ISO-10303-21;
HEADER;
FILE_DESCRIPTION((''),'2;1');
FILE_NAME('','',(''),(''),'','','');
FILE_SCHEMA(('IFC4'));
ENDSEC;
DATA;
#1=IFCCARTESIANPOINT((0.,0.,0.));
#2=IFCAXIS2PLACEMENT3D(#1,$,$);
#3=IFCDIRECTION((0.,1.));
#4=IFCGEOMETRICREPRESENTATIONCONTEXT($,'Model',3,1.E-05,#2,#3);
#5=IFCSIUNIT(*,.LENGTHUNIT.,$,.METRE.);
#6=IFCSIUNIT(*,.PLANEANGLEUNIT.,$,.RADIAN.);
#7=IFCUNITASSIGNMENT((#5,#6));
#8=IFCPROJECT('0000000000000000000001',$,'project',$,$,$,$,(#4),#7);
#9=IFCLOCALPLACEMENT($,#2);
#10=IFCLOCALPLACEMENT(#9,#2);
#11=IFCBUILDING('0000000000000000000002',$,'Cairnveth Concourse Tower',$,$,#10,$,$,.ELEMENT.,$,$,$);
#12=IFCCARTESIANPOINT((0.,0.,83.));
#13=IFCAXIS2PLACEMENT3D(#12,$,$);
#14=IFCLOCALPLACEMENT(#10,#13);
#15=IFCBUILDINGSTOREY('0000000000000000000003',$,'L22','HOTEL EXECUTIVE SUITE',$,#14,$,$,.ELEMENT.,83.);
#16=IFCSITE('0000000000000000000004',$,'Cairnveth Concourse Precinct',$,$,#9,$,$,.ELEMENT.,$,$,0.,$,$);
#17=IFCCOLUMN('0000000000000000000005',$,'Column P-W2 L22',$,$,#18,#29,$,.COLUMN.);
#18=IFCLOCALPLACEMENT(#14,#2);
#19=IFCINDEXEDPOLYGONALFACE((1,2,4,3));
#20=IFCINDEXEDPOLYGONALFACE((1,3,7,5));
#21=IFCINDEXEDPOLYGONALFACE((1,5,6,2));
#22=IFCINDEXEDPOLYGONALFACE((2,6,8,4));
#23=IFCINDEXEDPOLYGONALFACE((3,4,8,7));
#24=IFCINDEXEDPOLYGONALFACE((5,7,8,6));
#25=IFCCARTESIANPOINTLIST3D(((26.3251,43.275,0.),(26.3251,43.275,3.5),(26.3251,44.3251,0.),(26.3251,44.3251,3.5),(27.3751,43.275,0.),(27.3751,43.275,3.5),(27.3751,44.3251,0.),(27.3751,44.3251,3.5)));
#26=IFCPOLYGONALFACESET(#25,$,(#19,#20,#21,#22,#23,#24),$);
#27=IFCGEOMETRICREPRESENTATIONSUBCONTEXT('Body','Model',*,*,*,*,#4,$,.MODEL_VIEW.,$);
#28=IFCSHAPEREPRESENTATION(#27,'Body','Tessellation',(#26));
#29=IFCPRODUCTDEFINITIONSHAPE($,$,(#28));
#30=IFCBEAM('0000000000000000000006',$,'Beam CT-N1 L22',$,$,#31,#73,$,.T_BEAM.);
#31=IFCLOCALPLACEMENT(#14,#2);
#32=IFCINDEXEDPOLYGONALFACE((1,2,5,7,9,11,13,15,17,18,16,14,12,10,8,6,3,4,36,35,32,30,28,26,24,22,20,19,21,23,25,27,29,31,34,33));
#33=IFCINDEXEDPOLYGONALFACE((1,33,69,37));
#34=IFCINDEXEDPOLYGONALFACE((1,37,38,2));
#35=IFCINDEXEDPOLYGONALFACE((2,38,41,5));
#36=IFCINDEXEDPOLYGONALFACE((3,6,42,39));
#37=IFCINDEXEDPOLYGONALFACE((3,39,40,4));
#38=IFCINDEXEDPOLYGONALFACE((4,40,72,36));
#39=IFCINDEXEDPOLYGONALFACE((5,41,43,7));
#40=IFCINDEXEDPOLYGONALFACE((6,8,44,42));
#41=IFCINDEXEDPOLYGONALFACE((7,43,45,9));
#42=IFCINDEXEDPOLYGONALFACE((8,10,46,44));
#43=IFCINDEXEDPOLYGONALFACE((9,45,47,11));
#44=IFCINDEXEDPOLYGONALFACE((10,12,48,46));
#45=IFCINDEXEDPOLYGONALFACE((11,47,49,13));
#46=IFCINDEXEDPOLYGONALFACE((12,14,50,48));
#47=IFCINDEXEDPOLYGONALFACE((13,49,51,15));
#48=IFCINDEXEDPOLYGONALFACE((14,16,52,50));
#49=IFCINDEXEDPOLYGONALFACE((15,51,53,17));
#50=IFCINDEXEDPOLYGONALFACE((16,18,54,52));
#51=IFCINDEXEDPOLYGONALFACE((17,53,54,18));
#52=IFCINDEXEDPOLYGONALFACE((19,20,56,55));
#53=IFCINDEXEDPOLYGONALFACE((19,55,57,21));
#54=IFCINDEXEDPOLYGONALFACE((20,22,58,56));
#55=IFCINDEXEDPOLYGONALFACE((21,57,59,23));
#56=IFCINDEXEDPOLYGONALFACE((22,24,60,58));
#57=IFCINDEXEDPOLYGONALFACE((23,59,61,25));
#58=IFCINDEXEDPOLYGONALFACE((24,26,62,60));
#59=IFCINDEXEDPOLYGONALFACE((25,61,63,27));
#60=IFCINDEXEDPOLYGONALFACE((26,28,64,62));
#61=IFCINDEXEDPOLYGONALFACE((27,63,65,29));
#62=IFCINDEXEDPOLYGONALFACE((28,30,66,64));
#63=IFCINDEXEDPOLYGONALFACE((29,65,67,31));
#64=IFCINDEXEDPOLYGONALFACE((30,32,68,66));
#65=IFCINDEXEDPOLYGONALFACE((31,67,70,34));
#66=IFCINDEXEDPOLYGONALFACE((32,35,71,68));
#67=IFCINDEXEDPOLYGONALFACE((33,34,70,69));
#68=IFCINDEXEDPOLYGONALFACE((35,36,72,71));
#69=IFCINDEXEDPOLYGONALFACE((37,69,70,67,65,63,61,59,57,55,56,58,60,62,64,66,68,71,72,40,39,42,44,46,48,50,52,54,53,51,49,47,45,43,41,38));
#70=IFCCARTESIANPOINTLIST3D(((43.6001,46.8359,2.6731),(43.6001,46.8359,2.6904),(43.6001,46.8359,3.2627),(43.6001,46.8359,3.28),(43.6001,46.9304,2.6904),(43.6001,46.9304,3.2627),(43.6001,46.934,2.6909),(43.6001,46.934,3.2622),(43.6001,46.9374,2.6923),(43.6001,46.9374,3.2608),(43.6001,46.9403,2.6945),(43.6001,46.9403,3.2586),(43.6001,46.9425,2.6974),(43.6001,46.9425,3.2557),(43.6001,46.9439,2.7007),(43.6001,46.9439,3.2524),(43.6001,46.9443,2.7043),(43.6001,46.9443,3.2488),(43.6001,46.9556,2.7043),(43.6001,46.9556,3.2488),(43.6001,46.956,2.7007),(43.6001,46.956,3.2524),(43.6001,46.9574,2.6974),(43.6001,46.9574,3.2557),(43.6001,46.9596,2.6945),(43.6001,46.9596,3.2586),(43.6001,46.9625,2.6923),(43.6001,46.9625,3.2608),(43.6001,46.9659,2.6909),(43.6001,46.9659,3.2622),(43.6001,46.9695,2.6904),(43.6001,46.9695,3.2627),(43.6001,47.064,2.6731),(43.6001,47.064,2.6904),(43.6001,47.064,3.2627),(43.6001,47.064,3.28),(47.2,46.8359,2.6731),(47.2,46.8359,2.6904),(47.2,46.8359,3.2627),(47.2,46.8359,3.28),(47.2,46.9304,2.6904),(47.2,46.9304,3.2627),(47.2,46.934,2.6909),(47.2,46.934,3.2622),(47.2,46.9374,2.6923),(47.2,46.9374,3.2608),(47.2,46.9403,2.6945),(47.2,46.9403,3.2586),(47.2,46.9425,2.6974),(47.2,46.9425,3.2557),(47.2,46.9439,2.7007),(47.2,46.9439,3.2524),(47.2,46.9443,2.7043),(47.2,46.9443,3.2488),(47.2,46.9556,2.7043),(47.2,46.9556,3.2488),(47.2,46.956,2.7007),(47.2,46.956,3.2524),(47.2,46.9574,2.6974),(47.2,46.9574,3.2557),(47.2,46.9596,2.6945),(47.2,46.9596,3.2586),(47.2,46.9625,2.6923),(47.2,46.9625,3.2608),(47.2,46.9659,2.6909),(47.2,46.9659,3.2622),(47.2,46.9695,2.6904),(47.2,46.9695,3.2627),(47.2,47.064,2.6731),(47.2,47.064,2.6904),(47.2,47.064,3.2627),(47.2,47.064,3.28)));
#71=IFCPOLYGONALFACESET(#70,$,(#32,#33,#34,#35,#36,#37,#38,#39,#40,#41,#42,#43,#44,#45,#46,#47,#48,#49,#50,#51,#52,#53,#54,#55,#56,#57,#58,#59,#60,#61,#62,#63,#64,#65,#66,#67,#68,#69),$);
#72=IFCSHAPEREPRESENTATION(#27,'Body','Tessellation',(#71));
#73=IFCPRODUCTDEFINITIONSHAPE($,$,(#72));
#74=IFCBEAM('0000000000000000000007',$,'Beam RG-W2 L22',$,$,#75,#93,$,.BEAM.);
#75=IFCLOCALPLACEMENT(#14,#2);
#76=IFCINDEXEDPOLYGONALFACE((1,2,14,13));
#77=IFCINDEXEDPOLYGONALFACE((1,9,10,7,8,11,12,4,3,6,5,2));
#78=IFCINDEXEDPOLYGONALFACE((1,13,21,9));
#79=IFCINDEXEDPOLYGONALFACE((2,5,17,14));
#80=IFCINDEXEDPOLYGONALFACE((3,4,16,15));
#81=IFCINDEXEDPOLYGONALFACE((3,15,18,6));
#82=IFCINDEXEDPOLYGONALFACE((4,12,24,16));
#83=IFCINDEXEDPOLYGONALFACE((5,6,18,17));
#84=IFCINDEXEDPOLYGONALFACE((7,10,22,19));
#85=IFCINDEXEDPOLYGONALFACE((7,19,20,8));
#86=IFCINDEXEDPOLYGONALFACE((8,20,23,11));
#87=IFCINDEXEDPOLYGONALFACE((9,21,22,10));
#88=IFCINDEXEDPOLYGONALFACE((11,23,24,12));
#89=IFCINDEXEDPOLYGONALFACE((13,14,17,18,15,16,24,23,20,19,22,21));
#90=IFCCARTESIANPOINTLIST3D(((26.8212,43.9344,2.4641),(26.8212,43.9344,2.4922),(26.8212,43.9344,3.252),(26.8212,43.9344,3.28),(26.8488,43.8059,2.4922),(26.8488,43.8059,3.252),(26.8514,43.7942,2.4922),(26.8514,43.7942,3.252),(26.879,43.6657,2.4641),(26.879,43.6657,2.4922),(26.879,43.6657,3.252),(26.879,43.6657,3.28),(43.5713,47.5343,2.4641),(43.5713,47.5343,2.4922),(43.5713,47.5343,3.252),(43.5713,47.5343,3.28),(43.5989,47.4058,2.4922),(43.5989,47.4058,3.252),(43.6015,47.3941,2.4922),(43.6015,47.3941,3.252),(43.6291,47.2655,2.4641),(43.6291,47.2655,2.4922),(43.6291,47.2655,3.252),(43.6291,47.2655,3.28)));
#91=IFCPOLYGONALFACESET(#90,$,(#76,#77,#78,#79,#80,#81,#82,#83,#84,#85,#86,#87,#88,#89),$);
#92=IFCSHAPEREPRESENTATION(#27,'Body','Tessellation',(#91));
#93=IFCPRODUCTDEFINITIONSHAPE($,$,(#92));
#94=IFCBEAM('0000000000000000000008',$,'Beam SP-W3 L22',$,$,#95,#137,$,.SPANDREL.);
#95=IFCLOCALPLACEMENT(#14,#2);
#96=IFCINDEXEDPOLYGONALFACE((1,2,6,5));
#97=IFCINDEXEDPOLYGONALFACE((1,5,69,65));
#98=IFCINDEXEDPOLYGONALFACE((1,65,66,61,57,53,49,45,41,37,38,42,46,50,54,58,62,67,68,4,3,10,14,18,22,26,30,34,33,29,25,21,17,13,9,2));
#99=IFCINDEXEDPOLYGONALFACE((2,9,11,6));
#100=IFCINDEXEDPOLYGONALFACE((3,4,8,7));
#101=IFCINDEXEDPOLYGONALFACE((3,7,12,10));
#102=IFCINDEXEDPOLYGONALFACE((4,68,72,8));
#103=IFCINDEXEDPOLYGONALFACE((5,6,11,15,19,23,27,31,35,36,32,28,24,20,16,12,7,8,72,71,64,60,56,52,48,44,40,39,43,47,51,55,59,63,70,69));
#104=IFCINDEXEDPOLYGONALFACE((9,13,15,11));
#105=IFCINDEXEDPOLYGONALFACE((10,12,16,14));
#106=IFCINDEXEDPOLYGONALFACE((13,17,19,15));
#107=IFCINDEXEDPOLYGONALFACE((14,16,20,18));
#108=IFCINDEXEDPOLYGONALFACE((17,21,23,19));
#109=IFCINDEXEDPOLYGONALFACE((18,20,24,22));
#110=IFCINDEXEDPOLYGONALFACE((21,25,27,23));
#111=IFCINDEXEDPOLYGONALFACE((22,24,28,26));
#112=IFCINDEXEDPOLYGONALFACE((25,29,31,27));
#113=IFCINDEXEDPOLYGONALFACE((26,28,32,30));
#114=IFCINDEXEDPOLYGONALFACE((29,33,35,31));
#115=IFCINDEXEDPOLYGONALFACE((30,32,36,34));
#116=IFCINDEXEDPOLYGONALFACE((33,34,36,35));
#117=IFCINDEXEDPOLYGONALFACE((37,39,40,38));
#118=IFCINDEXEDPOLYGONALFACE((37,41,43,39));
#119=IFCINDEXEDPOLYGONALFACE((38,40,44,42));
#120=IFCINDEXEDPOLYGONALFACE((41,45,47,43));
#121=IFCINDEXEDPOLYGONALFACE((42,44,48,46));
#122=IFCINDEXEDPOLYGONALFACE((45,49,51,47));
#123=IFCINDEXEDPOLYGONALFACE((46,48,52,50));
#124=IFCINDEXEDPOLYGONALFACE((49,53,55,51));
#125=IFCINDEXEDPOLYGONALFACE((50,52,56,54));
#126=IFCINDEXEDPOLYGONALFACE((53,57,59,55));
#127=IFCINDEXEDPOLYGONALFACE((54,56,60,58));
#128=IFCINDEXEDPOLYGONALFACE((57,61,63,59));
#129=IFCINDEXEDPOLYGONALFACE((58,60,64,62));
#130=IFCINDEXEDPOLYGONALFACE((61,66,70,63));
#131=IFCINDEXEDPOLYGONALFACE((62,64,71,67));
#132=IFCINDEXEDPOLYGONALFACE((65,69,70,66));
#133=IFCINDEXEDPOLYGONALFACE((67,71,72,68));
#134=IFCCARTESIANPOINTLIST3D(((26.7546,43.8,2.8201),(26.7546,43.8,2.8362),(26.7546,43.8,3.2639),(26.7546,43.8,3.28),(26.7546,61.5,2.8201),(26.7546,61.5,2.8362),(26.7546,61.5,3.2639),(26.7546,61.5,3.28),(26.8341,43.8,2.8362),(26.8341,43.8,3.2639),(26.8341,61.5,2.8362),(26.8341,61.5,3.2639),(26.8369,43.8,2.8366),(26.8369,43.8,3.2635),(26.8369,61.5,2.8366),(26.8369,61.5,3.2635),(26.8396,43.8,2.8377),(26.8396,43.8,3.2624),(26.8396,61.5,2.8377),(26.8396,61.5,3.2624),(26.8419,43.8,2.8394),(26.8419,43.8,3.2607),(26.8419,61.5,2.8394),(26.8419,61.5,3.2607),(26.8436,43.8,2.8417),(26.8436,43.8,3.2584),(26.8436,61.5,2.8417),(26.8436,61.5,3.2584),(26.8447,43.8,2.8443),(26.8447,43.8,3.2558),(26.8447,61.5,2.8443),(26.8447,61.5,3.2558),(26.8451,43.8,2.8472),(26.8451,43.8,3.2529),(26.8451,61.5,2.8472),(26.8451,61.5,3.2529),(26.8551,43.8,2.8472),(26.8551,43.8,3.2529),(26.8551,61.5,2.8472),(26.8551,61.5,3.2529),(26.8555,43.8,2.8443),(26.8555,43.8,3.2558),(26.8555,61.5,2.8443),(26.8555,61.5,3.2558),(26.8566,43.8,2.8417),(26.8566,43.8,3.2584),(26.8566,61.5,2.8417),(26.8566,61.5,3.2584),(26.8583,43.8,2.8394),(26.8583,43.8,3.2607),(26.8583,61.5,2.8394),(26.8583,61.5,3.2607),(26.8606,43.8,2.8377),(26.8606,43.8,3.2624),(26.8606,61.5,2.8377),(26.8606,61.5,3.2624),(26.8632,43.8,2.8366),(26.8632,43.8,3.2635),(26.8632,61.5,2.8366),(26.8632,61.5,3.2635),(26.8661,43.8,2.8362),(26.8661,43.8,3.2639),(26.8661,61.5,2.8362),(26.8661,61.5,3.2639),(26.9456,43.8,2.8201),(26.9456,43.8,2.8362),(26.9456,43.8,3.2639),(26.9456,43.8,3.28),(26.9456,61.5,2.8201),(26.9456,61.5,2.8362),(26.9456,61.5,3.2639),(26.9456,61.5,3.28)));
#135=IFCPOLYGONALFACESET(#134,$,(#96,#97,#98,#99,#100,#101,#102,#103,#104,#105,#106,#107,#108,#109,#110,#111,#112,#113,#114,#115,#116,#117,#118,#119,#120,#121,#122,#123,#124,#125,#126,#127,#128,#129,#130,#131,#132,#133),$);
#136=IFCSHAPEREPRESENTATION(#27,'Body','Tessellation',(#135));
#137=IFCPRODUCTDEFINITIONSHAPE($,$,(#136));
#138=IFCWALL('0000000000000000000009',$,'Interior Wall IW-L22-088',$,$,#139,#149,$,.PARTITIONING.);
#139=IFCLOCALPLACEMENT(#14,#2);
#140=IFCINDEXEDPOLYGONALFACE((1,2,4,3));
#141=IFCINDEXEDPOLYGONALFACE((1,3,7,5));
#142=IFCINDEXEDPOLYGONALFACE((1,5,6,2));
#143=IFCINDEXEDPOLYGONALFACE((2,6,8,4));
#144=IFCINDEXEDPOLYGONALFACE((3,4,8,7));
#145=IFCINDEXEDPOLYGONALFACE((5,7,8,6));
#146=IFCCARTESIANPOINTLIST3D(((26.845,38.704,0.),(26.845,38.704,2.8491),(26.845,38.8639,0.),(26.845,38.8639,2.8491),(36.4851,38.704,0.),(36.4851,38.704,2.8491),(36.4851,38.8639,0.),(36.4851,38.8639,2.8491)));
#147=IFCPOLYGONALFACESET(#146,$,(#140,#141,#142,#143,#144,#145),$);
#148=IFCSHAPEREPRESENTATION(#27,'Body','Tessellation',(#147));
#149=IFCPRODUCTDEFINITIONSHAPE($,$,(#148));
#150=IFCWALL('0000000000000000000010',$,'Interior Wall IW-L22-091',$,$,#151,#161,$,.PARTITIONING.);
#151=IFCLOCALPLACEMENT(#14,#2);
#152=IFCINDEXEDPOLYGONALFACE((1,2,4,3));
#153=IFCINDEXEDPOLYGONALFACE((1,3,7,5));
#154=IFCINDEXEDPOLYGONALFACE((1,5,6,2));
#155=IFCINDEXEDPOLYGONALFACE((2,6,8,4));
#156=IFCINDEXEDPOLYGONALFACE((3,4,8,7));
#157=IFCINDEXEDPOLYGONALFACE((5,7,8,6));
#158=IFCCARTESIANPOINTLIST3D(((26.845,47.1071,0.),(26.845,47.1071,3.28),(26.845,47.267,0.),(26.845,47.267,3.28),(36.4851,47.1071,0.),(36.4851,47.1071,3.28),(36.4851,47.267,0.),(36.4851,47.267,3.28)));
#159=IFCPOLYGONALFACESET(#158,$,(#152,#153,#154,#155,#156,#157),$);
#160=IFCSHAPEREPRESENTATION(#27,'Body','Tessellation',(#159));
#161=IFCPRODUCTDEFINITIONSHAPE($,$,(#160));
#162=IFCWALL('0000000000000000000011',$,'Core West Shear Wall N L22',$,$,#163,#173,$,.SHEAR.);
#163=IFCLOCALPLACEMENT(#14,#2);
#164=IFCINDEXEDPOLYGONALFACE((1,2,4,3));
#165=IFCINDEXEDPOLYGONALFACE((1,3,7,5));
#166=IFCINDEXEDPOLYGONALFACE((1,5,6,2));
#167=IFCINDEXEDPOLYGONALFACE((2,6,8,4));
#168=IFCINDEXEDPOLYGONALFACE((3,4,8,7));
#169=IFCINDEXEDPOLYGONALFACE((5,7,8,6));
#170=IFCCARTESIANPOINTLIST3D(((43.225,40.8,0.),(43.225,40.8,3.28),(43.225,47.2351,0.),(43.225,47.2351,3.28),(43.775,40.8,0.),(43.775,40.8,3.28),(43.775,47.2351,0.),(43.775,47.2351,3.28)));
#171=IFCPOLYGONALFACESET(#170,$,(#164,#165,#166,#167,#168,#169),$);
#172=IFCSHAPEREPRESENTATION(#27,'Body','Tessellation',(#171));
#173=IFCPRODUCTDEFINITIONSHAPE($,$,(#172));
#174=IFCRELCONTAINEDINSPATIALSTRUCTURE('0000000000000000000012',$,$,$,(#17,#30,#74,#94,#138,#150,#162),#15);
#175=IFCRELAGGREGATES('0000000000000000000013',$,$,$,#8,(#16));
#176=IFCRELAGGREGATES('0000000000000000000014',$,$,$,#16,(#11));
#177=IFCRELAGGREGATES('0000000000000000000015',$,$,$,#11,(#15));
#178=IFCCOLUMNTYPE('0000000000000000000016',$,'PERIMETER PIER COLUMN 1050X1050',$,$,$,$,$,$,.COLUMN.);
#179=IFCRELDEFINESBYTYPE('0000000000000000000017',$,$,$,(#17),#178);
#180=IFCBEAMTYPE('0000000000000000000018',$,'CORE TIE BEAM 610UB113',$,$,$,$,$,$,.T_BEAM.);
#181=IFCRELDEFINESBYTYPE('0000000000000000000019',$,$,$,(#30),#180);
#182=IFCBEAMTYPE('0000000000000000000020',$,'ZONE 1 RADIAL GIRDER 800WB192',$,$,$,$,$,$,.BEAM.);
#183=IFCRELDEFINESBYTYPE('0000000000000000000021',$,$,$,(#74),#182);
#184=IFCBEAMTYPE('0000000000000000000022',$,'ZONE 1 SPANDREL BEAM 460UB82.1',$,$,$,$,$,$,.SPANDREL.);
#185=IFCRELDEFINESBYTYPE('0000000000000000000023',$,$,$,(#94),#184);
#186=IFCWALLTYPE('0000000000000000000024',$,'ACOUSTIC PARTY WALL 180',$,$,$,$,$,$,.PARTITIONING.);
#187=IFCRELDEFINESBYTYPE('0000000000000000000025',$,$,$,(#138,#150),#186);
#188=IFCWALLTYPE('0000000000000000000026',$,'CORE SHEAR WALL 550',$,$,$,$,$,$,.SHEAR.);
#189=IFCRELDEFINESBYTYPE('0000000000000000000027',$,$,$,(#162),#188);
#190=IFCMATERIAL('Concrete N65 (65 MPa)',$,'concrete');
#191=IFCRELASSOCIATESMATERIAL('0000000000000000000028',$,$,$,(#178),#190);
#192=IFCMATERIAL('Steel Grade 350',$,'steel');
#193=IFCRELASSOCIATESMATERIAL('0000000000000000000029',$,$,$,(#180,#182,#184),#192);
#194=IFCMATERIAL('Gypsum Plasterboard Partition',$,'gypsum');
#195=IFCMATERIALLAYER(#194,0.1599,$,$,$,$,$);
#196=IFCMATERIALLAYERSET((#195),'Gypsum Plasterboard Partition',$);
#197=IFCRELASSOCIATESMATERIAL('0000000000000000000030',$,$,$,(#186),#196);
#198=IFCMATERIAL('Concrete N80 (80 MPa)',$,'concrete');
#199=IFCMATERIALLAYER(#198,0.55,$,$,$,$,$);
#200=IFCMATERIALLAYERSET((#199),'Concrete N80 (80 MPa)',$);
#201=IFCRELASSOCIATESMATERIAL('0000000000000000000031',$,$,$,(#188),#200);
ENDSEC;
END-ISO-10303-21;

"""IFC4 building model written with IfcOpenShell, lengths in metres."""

from ifc_helpers import new_model, si_unit, direction, frame, frame_2d, origin, origin_2d, place, context, subcontext, project, spatial, rectangle, i_section, extrude, material, layer, layer_set, material_profile, profile_set, type_object, element, save


model = new_model("IFC4")

# Units and contexts
model_context = context("Model", 3, precision=1e-05, world=origin(), true_north=direction((0.0, 1.0)))
body_context = subcontext(model_context, "Body", "Model", "MODEL_VIEW")
ifc_project = project(units=[si_unit("LENGTHUNIT", "METRE"), si_unit("PLANEANGLEUNIT", "RADIAN")], contexts=[model_context])

# Site, building, storey
site_placement = place(None, origin())
site = spatial("IfcSite", under=ifc_project, at=site_placement, Name="Cairnveth Concourse Precinct", CompositionType="ELEMENT", RefElevation=0.0)
building_placement = place(site_placement, origin())
building = spatial("IfcBuilding", under=site, at=building_placement, Name="Cairnveth Concourse Tower", CompositionType="ELEMENT")
storey_placement = place(building_placement, frame((0.0, 0.0, 83.0)))
storey = spatial("IfcBuildingStorey", under=building, at=storey_placement, Name="L22", Description="HOTEL EXECUTIVE SUITE", CompositionType="ELEMENT", Elevation=83.0)

# Column
ifc_material_1 = material(Name="Concrete N65 (65 MPa)", Category="concrete")
ifc_material_profile_1 = material_profile(ifc_material_1, rectangle(XDim=1.05, YDim=1.05, at=origin_2d()), Name="RC-COL-1050x1050")
ifc_profile_set_1 = profile_set([ifc_material_profile_1], Name="Concrete N65 (65 MPa)")
column_type = type_object("IfcColumnType", Name="PERIMETER PIER COLUMN 1050X1050", PredefinedType="COLUMN", material=ifc_profile_set_1)
column_placement = place(storey_placement, frame((26.8501, 43.8, 0.0), z_axis=(0.0, 0.0, 1.0), x_axis=(0.0, 1.0, 0.0)))
element("IfcColumn", 1, at=column_placement, inside=storey, type_object=column_type, Name="Column P-W2 L22", PredefinedType="COLUMN", context=body_context, shape_type="SweptSolid", body=[
    extrude(rectangle(XDim=1.05, YDim=1.05, at=origin_2d()), origin(), (0.0, 0.0, 1.0), 3.5),
])

# Beams
ifc_material_2 = material(Name="Steel Grade 350", Category="steel")
ifc_material_profile_2 = material_profile(ifc_material_2, i_section(OverallWidth=0.228, OverallDepth=0.6069, WebThickness=0.0112, FlangeThickness=0.0173, FilletRadius=0.0139, at=origin_2d()), Name="610UB113")
ifc_profile_set_2 = profile_set([ifc_material_profile_2], Name="Steel Grade 350")
beam_type_1 = type_object("IfcBeamType", Name="CORE TIE BEAM 610UB113", PredefinedType="T_BEAM", material=ifc_profile_set_2)
beam_1_placement = place(storey_placement, frame((43.6001, 46.95, 2.9766), z_axis=(1.0, 0.0, 0.0), x_axis=(0.0, 1.0, 0.0)))
element("IfcBeam", 2, at=beam_1_placement, inside=storey, type_object=beam_type_1, Name="Beam CT-N1 L22", PredefinedType="T_BEAM", context=body_context, shape_type="SweptSolid", body=[
    extrude(i_section(OverallWidth=0.228, OverallDepth=0.6069, WebThickness=0.0112, FlangeThickness=0.0173, FilletRadius=0.0139, at=origin_2d()), origin(), (0.0, 0.0, 1.0), 3.5999),
])
ifc_material_profile_3 = material_profile(ifc_material_2, i_section(OverallWidth=0.2749, OverallDepth=0.8159, WebThickness=0.012, FlangeThickness=0.0281, at=origin_2d()), Name="800WB192")
ifc_profile_set_3 = profile_set([ifc_material_profile_3], Name="Steel Grade 350")
beam_type_2 = type_object("IfcBeamType", Name="ZONE 1 RADIAL GIRDER 800WB192", PredefinedType="BEAM", material=ifc_profile_set_3)
beam_2_placement = place(storey_placement, frame((26.8501, 43.8, 2.8721), z_axis=(0.977676, 0.210119, 0.0), x_axis=(-0.210119, 0.977676, 0.0)))
element("IfcBeam", 3, at=beam_2_placement, inside=storey, type_object=beam_type_2, Name="Beam RG-W2 L22", PredefinedType="BEAM", context=body_context, shape_type="SweptSolid", body=[
    extrude(i_section(OverallWidth=0.2749, OverallDepth=0.8159, WebThickness=0.012, FlangeThickness=0.0281, at=origin_2d()), origin(), (0.0, 0.0, 1.0), 17.1326),
])
ifc_material_profile_4 = material_profile(ifc_material_2, i_section(OverallWidth=0.1909, OverallDepth=0.46, WebThickness=0.01, FlangeThickness=0.0161, FilletRadius=0.011, at=origin_2d()), Name="460UB82.1")
ifc_profile_set_4 = profile_set([ifc_material_profile_4], Name="Steel Grade 350")
beam_type_3 = type_object("IfcBeamType", Name="ZONE 1 SPANDREL BEAM 460UB82.1", PredefinedType="SPANDREL", material=ifc_profile_set_4)
beam_3_placement = place(storey_placement, frame((26.8501, 43.8, 3.05), z_axis=(0.0, 1.0, 0.0), x_axis=(-1.0, 0.0, 0.0)))
element("IfcBeam", 4, at=beam_3_placement, inside=storey, type_object=beam_type_3, Name="Beam SP-W3 L22", PredefinedType="SPANDREL", context=body_context, shape_type="SweptSolid", body=[
    extrude(i_section(OverallWidth=0.1909, OverallDepth=0.46, WebThickness=0.01, FlangeThickness=0.0161, FilletRadius=0.011, at=origin_2d()), origin(), (0.0, 0.0, 1.0), 17.7),
])

# Walls
ifc_material_3 = material(Name="Gypsum Plasterboard Partition", Category="gypsum")
ifc_layer_1 = layer(ifc_material_3, 0.1599)
ifc_layer_set_1 = layer_set([ifc_layer_1], Name="Gypsum Plasterboard Partition")
wall_type_1 = type_object("IfcWallType", Name="ACOUSTIC PARTY WALL 180", PredefinedType="PARTITIONING", material=ifc_layer_set_1)
wall_1_placement = place(storey_placement, frame((26.845, 38.7839, 0.0), z_axis=(0.0, 0.0, 1.0), x_axis=(1.0, 0.0, 0.0)))
element("IfcWall", 5, at=wall_1_placement, inside=storey, type_object=wall_type_1, Name="Interior Wall IW-L22-088", PredefinedType="PARTITIONING", context=body_context, shape_type="SweptSolid", body=[
    extrude(rectangle(XDim=9.6401, YDim=0.1599, at=frame_2d((4.8201, 0.0))), origin(), (0.0, 0.0, 1.0), 2.8491),
])
wall_2_placement = place(storey_placement, frame((26.845, 47.187, 0.0), z_axis=(0.0, 0.0, 1.0), x_axis=(1.0, 0.0, 0.0)))
element("IfcWall", 6, at=wall_2_placement, inside=storey, type_object=wall_type_1, Name="Interior Wall IW-L22-091", PredefinedType="PARTITIONING", context=body_context, shape_type="SweptSolid", body=[
    extrude(rectangle(XDim=9.6401, YDim=0.1599, at=frame_2d((4.8201, 0.0))), origin(), (0.0, 0.0, 1.0), 3.28),
])
ifc_material_4 = material(Name="Concrete N80 (80 MPa)", Category="concrete")
ifc_layer_2 = layer(ifc_material_4, 0.55)
ifc_layer_set_2 = layer_set([ifc_layer_2], Name="Concrete N80 (80 MPa)")
wall_type_2 = type_object("IfcWallType", Name="CORE SHEAR WALL 550", PredefinedType="SHEAR", material=ifc_layer_set_2)
wall_3_placement = place(storey_placement, frame((43.5, 40.8, 0.0), z_axis=(0.0, 0.0, 1.0), x_axis=(0.0, 1.0, 0.0)))
element("IfcWall", 7, at=wall_3_placement, inside=storey, type_object=wall_type_2, Name="Core West Shear Wall N L22", PredefinedType="SHEAR", context=body_context, shape_type="SweptSolid", body=[
    extrude(rectangle(XDim=6.4351, YDim=0.55, at=frame_2d((3.2175, 0.0))), origin(), (0.0, 0.0, 1.0), 3.28),
])

save(model, "model.ifc")
